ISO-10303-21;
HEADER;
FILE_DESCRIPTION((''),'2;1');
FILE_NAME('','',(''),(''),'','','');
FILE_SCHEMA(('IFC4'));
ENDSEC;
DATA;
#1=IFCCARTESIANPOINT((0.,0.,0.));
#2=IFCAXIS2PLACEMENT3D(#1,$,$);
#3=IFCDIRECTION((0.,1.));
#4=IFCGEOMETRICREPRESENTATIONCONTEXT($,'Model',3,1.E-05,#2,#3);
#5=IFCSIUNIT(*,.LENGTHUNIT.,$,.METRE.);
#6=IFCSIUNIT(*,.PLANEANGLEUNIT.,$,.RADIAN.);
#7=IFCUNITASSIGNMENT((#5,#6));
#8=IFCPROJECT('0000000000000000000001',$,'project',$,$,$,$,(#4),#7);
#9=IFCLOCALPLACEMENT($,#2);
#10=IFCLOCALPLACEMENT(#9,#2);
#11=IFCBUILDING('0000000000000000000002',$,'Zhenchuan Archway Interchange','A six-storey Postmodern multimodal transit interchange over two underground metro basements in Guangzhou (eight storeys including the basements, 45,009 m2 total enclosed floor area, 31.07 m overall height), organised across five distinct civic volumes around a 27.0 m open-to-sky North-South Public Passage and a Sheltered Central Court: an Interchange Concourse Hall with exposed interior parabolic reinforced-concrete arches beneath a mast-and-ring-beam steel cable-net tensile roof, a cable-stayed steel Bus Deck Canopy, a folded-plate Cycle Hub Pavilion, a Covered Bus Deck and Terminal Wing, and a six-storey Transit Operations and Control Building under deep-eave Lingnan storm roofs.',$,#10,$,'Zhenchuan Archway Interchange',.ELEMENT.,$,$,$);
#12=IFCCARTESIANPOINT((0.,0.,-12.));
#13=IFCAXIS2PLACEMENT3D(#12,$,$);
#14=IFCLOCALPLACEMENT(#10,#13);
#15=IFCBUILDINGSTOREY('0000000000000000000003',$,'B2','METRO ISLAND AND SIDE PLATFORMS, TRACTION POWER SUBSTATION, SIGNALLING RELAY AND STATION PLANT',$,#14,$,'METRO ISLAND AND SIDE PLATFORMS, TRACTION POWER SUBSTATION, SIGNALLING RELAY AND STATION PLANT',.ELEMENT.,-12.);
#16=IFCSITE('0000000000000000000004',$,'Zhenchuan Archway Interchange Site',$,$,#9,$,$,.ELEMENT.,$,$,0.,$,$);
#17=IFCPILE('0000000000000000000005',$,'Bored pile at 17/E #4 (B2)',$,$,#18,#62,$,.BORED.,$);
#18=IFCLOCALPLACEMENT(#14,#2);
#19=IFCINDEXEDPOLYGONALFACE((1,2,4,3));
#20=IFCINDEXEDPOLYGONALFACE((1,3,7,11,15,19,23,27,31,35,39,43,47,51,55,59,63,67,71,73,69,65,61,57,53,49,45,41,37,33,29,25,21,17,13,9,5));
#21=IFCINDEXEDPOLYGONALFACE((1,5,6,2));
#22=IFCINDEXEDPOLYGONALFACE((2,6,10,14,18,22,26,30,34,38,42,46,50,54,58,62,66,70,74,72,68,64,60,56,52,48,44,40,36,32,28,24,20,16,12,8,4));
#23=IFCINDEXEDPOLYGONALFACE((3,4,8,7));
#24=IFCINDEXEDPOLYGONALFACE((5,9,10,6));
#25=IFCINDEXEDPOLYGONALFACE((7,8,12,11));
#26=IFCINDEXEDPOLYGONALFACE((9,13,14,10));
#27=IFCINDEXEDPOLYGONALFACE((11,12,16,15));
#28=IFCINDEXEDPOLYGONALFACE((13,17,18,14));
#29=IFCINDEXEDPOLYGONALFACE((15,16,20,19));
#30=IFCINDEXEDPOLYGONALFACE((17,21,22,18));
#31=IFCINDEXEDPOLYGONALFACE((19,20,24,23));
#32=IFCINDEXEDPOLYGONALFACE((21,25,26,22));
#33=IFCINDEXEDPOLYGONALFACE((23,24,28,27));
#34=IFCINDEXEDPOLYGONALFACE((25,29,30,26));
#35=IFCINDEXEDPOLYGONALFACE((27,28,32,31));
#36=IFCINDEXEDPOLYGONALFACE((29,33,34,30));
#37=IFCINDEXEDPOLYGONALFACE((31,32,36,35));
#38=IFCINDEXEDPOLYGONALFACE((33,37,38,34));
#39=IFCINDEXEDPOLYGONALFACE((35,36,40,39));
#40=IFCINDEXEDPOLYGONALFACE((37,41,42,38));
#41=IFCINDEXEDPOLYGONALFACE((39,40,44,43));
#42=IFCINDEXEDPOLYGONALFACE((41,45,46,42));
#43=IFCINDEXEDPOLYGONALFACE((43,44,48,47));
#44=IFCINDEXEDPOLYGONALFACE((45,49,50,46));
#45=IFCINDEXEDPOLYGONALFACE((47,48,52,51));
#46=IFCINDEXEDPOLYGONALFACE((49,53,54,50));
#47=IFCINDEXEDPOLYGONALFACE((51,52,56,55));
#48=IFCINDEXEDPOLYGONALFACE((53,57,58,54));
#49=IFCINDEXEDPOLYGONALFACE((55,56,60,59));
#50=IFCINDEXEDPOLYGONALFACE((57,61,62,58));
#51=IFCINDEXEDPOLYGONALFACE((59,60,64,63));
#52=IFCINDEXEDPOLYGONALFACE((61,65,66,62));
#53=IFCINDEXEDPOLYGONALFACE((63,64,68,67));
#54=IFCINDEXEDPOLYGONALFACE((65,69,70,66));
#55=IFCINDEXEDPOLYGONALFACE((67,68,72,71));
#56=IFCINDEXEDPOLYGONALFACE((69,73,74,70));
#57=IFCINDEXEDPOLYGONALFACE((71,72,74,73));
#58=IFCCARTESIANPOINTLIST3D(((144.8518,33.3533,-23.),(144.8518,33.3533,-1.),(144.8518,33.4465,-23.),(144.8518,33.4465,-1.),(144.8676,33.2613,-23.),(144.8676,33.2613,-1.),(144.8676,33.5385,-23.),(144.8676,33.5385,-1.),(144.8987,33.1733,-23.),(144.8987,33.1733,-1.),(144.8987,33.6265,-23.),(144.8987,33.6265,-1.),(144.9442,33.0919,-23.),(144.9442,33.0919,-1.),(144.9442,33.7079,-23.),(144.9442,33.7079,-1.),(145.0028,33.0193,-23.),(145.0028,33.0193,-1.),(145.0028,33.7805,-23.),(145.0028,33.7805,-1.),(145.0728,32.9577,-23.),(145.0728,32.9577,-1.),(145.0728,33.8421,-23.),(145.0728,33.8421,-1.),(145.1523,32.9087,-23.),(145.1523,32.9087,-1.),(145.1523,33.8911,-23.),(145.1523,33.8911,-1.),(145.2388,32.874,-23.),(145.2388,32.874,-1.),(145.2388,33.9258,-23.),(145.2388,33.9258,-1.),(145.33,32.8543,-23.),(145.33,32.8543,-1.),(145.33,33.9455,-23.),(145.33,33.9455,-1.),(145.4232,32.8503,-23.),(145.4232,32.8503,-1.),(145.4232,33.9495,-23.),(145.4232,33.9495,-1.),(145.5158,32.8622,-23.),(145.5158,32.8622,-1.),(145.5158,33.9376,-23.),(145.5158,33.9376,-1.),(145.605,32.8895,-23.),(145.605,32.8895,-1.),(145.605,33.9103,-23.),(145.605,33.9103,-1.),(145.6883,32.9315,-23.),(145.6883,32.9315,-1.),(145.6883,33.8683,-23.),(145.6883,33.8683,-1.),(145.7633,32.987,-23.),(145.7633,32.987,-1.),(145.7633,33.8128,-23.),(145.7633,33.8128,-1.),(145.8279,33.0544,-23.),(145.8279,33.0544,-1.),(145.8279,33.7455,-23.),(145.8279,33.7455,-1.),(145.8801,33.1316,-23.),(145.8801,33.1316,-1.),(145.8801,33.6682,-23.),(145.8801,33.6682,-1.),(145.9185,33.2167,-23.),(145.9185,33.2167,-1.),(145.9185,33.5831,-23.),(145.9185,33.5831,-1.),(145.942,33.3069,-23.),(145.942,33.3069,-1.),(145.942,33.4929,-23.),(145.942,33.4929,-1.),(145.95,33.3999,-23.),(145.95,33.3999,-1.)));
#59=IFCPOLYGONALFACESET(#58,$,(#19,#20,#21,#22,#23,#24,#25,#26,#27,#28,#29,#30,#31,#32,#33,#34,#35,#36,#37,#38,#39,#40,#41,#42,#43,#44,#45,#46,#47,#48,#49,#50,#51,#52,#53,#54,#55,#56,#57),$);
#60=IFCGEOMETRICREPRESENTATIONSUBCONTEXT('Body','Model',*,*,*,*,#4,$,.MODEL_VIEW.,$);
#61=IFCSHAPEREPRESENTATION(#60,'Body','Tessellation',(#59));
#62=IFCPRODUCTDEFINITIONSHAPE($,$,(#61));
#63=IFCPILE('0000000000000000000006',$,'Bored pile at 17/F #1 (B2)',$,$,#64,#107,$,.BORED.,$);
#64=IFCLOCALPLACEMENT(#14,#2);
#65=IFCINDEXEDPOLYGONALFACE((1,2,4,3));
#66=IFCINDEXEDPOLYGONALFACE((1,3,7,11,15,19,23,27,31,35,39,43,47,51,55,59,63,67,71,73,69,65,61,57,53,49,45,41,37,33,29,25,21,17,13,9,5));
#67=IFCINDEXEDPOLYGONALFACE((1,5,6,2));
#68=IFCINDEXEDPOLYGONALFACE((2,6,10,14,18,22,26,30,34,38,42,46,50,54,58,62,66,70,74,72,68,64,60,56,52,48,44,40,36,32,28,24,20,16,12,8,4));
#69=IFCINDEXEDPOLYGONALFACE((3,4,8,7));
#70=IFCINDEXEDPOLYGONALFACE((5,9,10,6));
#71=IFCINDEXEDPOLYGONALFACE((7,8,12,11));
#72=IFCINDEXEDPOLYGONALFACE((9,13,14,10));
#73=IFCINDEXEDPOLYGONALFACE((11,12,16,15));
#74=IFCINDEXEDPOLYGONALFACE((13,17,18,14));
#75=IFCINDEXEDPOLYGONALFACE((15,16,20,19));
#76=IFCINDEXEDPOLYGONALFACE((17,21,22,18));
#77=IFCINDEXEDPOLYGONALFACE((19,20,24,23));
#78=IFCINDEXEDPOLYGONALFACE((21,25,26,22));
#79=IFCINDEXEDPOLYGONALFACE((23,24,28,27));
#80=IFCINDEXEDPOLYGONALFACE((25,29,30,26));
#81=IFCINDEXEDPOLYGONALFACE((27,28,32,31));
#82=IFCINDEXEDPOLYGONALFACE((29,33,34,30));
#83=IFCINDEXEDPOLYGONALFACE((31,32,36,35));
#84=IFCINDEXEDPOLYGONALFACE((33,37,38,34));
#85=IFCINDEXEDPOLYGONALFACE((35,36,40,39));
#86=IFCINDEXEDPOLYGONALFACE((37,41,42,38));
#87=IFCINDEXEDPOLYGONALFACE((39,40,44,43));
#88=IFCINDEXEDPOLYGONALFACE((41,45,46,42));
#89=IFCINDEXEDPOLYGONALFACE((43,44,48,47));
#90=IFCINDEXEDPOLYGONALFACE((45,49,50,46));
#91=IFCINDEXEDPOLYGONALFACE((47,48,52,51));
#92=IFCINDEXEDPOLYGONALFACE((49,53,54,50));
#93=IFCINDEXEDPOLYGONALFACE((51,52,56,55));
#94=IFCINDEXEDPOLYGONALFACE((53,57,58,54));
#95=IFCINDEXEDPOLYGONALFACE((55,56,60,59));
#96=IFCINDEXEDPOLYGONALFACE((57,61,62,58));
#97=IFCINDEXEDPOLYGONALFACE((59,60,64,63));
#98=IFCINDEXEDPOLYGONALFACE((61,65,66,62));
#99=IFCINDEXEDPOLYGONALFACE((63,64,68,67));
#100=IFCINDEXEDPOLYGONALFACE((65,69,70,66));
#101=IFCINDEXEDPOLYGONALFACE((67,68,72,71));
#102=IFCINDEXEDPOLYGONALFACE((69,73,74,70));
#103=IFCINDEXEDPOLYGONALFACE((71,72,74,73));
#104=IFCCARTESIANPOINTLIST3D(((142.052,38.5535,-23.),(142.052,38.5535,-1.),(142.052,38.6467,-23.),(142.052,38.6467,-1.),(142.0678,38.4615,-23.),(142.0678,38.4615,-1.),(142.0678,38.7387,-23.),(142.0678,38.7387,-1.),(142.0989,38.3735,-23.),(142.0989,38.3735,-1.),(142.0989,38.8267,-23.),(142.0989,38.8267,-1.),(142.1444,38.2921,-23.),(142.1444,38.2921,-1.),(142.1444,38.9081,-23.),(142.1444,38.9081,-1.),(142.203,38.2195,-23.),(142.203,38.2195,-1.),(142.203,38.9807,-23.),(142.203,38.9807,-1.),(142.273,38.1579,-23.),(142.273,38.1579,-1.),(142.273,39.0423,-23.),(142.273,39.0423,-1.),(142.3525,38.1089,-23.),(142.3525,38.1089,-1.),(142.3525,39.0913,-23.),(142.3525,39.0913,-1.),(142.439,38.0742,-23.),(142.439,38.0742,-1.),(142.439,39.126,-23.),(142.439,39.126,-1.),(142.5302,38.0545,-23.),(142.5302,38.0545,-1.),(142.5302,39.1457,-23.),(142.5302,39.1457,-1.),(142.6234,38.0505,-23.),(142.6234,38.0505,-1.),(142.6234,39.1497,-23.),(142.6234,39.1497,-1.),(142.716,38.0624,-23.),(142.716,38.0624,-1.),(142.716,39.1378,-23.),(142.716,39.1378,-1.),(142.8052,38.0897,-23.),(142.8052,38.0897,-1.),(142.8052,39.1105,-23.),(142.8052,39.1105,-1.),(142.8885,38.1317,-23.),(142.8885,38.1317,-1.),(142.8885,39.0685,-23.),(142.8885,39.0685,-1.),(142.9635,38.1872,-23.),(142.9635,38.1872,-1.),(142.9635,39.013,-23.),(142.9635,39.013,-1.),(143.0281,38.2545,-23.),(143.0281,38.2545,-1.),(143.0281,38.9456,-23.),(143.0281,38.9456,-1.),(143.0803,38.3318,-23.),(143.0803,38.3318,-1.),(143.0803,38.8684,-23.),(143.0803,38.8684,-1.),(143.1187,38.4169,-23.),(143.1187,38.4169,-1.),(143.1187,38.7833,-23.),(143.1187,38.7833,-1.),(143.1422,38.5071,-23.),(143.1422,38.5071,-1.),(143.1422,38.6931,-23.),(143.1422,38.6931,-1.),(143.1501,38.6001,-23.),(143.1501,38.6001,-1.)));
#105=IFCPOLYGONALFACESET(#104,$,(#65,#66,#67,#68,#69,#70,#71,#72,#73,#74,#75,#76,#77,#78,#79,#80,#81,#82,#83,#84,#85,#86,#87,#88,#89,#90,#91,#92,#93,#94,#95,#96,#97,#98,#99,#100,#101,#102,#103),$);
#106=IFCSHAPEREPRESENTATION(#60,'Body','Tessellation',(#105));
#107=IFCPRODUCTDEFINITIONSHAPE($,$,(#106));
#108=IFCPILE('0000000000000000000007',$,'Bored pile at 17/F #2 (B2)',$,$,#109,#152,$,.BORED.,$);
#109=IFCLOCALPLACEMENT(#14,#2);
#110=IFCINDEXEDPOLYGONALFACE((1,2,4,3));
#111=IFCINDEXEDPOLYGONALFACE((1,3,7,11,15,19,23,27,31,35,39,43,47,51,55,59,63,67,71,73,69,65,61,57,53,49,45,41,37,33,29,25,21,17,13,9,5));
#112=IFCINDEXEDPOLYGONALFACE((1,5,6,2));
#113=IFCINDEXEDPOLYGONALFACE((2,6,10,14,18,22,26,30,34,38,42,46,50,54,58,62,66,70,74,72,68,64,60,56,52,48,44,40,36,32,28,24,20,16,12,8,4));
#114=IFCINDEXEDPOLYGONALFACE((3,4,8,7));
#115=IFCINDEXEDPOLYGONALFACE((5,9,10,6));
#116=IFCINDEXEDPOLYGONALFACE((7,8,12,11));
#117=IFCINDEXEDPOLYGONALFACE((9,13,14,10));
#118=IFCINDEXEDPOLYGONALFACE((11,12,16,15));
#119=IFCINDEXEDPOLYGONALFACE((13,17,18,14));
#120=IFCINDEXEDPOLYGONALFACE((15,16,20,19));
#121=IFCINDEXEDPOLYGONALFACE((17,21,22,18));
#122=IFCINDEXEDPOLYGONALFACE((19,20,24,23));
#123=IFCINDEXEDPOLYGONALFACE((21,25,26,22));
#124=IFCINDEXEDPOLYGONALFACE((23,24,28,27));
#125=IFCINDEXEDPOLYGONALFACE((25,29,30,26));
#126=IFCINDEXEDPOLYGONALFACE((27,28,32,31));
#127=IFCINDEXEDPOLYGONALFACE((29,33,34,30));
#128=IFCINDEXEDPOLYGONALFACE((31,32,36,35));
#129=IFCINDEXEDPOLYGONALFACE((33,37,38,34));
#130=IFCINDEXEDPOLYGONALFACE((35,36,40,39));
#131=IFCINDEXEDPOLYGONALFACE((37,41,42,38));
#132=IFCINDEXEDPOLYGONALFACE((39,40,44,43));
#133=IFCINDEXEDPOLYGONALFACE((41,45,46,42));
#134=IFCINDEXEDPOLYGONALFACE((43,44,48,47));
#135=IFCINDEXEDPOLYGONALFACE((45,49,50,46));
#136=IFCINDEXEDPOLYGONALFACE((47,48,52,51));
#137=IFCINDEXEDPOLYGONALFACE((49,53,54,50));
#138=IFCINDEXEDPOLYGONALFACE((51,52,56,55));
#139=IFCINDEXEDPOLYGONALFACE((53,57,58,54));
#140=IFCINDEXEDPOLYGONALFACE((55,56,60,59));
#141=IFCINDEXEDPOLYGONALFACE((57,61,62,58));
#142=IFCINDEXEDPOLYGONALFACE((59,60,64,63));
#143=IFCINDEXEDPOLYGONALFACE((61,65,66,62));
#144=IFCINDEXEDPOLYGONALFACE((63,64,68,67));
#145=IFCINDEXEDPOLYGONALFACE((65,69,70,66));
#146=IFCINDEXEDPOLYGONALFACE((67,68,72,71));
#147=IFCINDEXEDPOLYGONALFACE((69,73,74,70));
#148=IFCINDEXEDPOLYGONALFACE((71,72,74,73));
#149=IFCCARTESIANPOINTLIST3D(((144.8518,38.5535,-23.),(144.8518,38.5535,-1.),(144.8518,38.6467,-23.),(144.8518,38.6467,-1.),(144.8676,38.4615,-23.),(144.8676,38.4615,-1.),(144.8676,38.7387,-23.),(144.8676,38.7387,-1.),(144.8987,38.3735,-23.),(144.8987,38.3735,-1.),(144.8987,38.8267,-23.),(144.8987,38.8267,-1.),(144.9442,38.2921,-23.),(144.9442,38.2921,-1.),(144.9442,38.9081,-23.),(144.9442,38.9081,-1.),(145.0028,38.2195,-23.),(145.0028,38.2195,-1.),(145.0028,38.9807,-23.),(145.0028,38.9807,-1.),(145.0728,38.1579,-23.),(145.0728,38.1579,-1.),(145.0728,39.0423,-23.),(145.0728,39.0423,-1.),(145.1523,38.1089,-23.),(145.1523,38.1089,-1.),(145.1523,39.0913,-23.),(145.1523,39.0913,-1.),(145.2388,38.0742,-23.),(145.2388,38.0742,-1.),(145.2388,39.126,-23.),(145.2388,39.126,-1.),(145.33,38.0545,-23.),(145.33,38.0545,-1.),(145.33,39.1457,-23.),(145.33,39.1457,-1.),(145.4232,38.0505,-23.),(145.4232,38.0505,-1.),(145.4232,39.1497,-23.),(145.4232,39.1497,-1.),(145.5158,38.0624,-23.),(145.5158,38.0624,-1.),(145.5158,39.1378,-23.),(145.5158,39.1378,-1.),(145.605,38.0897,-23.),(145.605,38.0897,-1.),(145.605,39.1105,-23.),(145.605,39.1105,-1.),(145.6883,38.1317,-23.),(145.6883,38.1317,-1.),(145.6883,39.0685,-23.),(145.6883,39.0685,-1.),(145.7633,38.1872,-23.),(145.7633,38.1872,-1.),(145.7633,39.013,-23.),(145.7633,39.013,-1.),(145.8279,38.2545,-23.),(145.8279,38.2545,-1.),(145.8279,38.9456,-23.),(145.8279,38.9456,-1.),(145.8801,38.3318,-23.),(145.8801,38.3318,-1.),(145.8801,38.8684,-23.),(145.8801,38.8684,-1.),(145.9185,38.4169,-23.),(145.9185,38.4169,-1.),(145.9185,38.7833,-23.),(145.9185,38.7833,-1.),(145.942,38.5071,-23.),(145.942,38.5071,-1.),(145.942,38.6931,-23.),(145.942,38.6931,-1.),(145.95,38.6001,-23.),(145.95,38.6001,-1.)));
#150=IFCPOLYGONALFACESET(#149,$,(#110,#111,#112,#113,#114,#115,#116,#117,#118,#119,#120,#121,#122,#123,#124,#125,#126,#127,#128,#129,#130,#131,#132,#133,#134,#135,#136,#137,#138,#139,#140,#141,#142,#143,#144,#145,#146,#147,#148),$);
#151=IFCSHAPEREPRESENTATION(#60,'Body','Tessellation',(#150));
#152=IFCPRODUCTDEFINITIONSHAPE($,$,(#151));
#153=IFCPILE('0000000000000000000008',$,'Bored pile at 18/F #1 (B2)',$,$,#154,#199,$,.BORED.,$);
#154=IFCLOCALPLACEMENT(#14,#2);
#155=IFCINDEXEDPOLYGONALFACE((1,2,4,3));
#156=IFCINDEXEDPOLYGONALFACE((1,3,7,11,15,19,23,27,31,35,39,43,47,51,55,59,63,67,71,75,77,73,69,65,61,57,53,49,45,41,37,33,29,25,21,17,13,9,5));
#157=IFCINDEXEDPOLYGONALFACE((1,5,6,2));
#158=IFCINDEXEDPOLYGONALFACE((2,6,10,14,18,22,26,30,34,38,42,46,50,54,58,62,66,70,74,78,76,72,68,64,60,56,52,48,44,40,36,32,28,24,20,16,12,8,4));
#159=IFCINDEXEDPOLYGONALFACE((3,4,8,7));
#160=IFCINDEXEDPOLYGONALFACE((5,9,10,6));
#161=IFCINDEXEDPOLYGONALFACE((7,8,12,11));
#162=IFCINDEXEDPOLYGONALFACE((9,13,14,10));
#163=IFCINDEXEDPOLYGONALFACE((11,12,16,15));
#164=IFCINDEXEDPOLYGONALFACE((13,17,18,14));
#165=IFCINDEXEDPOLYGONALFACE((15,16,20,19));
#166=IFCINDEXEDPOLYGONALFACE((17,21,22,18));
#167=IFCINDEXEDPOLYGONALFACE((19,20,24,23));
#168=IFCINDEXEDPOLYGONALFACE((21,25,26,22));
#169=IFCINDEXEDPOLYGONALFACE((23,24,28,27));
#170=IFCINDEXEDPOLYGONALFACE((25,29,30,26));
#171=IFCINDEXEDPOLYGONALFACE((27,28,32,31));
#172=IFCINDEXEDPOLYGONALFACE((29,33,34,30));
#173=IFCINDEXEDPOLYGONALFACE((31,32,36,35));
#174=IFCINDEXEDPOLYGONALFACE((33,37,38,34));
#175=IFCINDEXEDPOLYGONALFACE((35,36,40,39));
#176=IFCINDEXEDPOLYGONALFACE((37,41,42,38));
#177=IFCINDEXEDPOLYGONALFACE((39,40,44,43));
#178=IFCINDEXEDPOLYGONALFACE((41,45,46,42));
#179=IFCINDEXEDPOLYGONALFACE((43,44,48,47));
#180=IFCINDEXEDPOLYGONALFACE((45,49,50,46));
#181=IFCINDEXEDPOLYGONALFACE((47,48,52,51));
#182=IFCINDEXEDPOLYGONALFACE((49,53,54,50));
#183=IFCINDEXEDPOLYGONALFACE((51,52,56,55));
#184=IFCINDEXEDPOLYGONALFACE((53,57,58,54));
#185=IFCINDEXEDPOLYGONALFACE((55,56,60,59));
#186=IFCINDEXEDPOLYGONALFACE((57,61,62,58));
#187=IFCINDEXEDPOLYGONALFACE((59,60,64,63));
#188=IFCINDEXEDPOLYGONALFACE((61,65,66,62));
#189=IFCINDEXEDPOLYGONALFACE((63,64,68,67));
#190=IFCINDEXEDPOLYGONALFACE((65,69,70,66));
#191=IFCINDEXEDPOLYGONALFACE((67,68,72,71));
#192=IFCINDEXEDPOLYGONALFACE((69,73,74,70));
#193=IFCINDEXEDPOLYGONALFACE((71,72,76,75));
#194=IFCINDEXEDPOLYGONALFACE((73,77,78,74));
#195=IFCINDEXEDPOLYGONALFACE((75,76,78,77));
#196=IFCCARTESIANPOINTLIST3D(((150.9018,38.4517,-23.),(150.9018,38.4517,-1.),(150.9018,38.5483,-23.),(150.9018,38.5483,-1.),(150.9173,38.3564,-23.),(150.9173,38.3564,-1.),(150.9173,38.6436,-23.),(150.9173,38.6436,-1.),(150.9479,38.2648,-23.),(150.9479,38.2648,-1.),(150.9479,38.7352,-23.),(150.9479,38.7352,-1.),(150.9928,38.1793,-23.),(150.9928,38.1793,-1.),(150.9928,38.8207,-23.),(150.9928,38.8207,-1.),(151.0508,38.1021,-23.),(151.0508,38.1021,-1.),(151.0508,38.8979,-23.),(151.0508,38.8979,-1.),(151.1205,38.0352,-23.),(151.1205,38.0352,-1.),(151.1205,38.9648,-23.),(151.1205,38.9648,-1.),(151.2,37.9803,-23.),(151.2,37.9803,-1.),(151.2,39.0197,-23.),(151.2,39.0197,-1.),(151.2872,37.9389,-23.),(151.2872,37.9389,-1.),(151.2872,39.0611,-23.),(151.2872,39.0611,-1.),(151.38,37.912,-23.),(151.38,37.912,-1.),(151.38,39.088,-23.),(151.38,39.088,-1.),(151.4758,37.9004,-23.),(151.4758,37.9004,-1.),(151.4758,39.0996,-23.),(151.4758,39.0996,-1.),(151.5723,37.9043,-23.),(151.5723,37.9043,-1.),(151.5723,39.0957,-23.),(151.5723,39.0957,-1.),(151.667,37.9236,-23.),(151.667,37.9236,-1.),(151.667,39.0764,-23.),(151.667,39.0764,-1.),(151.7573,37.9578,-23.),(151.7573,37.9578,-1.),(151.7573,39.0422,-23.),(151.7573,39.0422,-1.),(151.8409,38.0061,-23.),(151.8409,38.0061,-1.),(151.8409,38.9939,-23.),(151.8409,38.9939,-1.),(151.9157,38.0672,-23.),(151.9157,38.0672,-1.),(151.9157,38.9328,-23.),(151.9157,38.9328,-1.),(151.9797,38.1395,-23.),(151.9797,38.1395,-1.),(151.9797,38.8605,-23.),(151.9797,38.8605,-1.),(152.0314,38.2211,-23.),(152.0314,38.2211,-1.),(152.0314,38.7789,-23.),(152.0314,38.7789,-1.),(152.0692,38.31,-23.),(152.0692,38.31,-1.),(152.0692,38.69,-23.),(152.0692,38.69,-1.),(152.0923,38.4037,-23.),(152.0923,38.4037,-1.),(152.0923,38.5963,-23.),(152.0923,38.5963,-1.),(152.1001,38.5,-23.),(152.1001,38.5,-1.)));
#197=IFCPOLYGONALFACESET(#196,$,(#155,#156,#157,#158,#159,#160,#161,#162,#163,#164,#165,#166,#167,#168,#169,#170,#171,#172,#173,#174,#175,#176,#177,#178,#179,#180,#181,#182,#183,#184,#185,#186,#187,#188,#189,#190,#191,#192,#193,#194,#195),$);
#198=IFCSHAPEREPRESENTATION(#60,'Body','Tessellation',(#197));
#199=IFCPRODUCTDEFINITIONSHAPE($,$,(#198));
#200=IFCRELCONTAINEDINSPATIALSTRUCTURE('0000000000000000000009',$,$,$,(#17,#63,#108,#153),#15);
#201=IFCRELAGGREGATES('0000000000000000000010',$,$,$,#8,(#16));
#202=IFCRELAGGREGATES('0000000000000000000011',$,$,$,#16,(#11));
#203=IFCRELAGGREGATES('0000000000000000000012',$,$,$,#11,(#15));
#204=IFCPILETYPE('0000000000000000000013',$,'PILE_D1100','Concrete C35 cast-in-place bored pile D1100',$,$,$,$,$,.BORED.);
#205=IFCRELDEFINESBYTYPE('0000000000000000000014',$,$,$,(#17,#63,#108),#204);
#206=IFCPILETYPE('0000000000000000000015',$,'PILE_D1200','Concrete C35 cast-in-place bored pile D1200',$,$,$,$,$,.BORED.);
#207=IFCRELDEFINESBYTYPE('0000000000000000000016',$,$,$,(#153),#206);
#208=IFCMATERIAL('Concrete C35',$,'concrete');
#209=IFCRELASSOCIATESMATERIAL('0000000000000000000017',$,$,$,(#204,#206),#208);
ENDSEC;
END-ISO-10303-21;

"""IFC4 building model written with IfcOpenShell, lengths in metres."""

from ifc_helpers import new_model, si_unit, direction, frame, origin, origin_2d, place, context, subcontext, project, spatial, circle, extrude, material, material_profile, profile_set, type_object, element, save


model = new_model("IFC4")

# Units and contexts
model_context = context("Model", 3, precision=1e-05, world=origin(), true_north=direction((0.0, 1.0)))
body_context = subcontext(model_context, "Body", "Model", "MODEL_VIEW")
ifc_project = project(units=[si_unit("LENGTHUNIT", "METRE"), si_unit("PLANEANGLEUNIT", "RADIAN")], contexts=[model_context])

# Site, building, storey
site_placement = place(None, origin())
site = spatial("IfcSite", under=ifc_project, at=site_placement, Name="Zhenchuan Archway Interchange Site", CompositionType="ELEMENT", RefElevation=0.0)
building_placement = place(site_placement, origin())
building = spatial("IfcBuilding", under=site, at=building_placement, Name="Zhenchuan Archway Interchange", Description="A six-storey Postmodern multimodal transit interchange over two underground metro basements in Guangzhou (eight storeys including the basements, 45,009 m2 total enclosed floor area, 31.07 m overall height), organised across five distinct civic volumes around a 27.0 m open-to-sky North-South Public Passage and a Sheltered Central Court: an Interchange Concourse Hall with exposed interior parabolic reinforced-concrete arches beneath a mast-and-ring-beam steel cable-net tensile roof, a cable-stayed steel Bus Deck Canopy, a folded-plate Cycle Hub Pavilion, a Covered Bus Deck and Terminal Wing, and a six-storey Transit Operations and Control Building under deep-eave Lingnan storm roofs.", LongName="Zhenchuan Archway Interchange", CompositionType="ELEMENT")
storey_placement = place(building_placement, frame((0.0, 0.0, -12.0)))
storey = spatial("IfcBuildingStorey", under=building, at=storey_placement, Name="B2", Description="METRO ISLAND AND SIDE PLATFORMS, TRACTION POWER SUBSTATION, SIGNALLING RELAY AND STATION PLANT", LongName="METRO ISLAND AND SIDE PLATFORMS, TRACTION POWER SUBSTATION, SIGNALLING RELAY AND STATION PLANT", CompositionType="ELEMENT", Elevation=-12.0)

# Piles
ifc_material_1 = material(Name="Concrete C35", Category="concrete")
ifc_material_profile_1 = material_profile(ifc_material_1, circle(Radius=0.55, at=origin_2d()), Name="BORED PILE 1100")
ifc_profile_set_1 = profile_set([ifc_material_profile_1], Name="Concrete C35")
pile_type_1 = type_object("IfcPileType", Name="PILE_D1100", Description="Concrete C35 cast-in-place bored pile D1100", PredefinedType="BORED", material=ifc_profile_set_1)
for number, where, z_axis, x_axis, name in (
    (1, (145.3999, 33.3999, -1.0), (0.0, 0.0, -1.0), (1.0, 0.0, 0.0), "Bored pile at 17/E #4 (B2)"),
    (2, (142.6001, 38.6001, -1.0), (0.0, 0.0, -1.0), (1.0, 0.0, 0.0), "Bored pile at 17/F #1 (B2)"),
    (3, (145.3999, 38.6001, -1.0), (0.0, 0.0, -1.0), (1.0, 0.0, 0.0), "Bored pile at 17/F #2 (B2)"),
):
    element("IfcPile", number, at=place(storey_placement, frame(where, z_axis=z_axis, x_axis=x_axis)), inside=storey, type_object=pile_type_1, Name=name, PredefinedType="BORED", context=body_context, shape_type="SweptSolid", body=[
        extrude(circle(Radius=0.55, at=origin_2d()), origin(), (0.0, 0.0, 1.0), 22.0),
    ])
ifc_material_profile_2 = material_profile(ifc_material_1, circle(Radius=0.6001, at=origin_2d()), Name="BORED PILE 1200")
ifc_profile_set_2 = profile_set([ifc_material_profile_2], Name="Concrete C35")
pile_type_2 = type_object("IfcPileType", Name="PILE_D1200", Description="Concrete C35 cast-in-place bored pile D1200", PredefinedType="BORED", material=ifc_profile_set_2)
pile_placement = place(storey_placement, frame((151.5, 38.5, -1.0), z_axis=(0.0, 0.0, -1.0), x_axis=(1.0, 0.0, 0.0)))
element("IfcPile", 4, at=pile_placement, inside=storey, type_object=pile_type_2, Name="Bored pile at 18/F #1 (B2)", PredefinedType="BORED", context=body_context, shape_type="SweptSolid", body=[
    extrude(circle(Radius=0.6001, at=origin_2d()), origin(), (0.0, 0.0, 1.0), 22.0),
])

save(model, "model.ifc")
